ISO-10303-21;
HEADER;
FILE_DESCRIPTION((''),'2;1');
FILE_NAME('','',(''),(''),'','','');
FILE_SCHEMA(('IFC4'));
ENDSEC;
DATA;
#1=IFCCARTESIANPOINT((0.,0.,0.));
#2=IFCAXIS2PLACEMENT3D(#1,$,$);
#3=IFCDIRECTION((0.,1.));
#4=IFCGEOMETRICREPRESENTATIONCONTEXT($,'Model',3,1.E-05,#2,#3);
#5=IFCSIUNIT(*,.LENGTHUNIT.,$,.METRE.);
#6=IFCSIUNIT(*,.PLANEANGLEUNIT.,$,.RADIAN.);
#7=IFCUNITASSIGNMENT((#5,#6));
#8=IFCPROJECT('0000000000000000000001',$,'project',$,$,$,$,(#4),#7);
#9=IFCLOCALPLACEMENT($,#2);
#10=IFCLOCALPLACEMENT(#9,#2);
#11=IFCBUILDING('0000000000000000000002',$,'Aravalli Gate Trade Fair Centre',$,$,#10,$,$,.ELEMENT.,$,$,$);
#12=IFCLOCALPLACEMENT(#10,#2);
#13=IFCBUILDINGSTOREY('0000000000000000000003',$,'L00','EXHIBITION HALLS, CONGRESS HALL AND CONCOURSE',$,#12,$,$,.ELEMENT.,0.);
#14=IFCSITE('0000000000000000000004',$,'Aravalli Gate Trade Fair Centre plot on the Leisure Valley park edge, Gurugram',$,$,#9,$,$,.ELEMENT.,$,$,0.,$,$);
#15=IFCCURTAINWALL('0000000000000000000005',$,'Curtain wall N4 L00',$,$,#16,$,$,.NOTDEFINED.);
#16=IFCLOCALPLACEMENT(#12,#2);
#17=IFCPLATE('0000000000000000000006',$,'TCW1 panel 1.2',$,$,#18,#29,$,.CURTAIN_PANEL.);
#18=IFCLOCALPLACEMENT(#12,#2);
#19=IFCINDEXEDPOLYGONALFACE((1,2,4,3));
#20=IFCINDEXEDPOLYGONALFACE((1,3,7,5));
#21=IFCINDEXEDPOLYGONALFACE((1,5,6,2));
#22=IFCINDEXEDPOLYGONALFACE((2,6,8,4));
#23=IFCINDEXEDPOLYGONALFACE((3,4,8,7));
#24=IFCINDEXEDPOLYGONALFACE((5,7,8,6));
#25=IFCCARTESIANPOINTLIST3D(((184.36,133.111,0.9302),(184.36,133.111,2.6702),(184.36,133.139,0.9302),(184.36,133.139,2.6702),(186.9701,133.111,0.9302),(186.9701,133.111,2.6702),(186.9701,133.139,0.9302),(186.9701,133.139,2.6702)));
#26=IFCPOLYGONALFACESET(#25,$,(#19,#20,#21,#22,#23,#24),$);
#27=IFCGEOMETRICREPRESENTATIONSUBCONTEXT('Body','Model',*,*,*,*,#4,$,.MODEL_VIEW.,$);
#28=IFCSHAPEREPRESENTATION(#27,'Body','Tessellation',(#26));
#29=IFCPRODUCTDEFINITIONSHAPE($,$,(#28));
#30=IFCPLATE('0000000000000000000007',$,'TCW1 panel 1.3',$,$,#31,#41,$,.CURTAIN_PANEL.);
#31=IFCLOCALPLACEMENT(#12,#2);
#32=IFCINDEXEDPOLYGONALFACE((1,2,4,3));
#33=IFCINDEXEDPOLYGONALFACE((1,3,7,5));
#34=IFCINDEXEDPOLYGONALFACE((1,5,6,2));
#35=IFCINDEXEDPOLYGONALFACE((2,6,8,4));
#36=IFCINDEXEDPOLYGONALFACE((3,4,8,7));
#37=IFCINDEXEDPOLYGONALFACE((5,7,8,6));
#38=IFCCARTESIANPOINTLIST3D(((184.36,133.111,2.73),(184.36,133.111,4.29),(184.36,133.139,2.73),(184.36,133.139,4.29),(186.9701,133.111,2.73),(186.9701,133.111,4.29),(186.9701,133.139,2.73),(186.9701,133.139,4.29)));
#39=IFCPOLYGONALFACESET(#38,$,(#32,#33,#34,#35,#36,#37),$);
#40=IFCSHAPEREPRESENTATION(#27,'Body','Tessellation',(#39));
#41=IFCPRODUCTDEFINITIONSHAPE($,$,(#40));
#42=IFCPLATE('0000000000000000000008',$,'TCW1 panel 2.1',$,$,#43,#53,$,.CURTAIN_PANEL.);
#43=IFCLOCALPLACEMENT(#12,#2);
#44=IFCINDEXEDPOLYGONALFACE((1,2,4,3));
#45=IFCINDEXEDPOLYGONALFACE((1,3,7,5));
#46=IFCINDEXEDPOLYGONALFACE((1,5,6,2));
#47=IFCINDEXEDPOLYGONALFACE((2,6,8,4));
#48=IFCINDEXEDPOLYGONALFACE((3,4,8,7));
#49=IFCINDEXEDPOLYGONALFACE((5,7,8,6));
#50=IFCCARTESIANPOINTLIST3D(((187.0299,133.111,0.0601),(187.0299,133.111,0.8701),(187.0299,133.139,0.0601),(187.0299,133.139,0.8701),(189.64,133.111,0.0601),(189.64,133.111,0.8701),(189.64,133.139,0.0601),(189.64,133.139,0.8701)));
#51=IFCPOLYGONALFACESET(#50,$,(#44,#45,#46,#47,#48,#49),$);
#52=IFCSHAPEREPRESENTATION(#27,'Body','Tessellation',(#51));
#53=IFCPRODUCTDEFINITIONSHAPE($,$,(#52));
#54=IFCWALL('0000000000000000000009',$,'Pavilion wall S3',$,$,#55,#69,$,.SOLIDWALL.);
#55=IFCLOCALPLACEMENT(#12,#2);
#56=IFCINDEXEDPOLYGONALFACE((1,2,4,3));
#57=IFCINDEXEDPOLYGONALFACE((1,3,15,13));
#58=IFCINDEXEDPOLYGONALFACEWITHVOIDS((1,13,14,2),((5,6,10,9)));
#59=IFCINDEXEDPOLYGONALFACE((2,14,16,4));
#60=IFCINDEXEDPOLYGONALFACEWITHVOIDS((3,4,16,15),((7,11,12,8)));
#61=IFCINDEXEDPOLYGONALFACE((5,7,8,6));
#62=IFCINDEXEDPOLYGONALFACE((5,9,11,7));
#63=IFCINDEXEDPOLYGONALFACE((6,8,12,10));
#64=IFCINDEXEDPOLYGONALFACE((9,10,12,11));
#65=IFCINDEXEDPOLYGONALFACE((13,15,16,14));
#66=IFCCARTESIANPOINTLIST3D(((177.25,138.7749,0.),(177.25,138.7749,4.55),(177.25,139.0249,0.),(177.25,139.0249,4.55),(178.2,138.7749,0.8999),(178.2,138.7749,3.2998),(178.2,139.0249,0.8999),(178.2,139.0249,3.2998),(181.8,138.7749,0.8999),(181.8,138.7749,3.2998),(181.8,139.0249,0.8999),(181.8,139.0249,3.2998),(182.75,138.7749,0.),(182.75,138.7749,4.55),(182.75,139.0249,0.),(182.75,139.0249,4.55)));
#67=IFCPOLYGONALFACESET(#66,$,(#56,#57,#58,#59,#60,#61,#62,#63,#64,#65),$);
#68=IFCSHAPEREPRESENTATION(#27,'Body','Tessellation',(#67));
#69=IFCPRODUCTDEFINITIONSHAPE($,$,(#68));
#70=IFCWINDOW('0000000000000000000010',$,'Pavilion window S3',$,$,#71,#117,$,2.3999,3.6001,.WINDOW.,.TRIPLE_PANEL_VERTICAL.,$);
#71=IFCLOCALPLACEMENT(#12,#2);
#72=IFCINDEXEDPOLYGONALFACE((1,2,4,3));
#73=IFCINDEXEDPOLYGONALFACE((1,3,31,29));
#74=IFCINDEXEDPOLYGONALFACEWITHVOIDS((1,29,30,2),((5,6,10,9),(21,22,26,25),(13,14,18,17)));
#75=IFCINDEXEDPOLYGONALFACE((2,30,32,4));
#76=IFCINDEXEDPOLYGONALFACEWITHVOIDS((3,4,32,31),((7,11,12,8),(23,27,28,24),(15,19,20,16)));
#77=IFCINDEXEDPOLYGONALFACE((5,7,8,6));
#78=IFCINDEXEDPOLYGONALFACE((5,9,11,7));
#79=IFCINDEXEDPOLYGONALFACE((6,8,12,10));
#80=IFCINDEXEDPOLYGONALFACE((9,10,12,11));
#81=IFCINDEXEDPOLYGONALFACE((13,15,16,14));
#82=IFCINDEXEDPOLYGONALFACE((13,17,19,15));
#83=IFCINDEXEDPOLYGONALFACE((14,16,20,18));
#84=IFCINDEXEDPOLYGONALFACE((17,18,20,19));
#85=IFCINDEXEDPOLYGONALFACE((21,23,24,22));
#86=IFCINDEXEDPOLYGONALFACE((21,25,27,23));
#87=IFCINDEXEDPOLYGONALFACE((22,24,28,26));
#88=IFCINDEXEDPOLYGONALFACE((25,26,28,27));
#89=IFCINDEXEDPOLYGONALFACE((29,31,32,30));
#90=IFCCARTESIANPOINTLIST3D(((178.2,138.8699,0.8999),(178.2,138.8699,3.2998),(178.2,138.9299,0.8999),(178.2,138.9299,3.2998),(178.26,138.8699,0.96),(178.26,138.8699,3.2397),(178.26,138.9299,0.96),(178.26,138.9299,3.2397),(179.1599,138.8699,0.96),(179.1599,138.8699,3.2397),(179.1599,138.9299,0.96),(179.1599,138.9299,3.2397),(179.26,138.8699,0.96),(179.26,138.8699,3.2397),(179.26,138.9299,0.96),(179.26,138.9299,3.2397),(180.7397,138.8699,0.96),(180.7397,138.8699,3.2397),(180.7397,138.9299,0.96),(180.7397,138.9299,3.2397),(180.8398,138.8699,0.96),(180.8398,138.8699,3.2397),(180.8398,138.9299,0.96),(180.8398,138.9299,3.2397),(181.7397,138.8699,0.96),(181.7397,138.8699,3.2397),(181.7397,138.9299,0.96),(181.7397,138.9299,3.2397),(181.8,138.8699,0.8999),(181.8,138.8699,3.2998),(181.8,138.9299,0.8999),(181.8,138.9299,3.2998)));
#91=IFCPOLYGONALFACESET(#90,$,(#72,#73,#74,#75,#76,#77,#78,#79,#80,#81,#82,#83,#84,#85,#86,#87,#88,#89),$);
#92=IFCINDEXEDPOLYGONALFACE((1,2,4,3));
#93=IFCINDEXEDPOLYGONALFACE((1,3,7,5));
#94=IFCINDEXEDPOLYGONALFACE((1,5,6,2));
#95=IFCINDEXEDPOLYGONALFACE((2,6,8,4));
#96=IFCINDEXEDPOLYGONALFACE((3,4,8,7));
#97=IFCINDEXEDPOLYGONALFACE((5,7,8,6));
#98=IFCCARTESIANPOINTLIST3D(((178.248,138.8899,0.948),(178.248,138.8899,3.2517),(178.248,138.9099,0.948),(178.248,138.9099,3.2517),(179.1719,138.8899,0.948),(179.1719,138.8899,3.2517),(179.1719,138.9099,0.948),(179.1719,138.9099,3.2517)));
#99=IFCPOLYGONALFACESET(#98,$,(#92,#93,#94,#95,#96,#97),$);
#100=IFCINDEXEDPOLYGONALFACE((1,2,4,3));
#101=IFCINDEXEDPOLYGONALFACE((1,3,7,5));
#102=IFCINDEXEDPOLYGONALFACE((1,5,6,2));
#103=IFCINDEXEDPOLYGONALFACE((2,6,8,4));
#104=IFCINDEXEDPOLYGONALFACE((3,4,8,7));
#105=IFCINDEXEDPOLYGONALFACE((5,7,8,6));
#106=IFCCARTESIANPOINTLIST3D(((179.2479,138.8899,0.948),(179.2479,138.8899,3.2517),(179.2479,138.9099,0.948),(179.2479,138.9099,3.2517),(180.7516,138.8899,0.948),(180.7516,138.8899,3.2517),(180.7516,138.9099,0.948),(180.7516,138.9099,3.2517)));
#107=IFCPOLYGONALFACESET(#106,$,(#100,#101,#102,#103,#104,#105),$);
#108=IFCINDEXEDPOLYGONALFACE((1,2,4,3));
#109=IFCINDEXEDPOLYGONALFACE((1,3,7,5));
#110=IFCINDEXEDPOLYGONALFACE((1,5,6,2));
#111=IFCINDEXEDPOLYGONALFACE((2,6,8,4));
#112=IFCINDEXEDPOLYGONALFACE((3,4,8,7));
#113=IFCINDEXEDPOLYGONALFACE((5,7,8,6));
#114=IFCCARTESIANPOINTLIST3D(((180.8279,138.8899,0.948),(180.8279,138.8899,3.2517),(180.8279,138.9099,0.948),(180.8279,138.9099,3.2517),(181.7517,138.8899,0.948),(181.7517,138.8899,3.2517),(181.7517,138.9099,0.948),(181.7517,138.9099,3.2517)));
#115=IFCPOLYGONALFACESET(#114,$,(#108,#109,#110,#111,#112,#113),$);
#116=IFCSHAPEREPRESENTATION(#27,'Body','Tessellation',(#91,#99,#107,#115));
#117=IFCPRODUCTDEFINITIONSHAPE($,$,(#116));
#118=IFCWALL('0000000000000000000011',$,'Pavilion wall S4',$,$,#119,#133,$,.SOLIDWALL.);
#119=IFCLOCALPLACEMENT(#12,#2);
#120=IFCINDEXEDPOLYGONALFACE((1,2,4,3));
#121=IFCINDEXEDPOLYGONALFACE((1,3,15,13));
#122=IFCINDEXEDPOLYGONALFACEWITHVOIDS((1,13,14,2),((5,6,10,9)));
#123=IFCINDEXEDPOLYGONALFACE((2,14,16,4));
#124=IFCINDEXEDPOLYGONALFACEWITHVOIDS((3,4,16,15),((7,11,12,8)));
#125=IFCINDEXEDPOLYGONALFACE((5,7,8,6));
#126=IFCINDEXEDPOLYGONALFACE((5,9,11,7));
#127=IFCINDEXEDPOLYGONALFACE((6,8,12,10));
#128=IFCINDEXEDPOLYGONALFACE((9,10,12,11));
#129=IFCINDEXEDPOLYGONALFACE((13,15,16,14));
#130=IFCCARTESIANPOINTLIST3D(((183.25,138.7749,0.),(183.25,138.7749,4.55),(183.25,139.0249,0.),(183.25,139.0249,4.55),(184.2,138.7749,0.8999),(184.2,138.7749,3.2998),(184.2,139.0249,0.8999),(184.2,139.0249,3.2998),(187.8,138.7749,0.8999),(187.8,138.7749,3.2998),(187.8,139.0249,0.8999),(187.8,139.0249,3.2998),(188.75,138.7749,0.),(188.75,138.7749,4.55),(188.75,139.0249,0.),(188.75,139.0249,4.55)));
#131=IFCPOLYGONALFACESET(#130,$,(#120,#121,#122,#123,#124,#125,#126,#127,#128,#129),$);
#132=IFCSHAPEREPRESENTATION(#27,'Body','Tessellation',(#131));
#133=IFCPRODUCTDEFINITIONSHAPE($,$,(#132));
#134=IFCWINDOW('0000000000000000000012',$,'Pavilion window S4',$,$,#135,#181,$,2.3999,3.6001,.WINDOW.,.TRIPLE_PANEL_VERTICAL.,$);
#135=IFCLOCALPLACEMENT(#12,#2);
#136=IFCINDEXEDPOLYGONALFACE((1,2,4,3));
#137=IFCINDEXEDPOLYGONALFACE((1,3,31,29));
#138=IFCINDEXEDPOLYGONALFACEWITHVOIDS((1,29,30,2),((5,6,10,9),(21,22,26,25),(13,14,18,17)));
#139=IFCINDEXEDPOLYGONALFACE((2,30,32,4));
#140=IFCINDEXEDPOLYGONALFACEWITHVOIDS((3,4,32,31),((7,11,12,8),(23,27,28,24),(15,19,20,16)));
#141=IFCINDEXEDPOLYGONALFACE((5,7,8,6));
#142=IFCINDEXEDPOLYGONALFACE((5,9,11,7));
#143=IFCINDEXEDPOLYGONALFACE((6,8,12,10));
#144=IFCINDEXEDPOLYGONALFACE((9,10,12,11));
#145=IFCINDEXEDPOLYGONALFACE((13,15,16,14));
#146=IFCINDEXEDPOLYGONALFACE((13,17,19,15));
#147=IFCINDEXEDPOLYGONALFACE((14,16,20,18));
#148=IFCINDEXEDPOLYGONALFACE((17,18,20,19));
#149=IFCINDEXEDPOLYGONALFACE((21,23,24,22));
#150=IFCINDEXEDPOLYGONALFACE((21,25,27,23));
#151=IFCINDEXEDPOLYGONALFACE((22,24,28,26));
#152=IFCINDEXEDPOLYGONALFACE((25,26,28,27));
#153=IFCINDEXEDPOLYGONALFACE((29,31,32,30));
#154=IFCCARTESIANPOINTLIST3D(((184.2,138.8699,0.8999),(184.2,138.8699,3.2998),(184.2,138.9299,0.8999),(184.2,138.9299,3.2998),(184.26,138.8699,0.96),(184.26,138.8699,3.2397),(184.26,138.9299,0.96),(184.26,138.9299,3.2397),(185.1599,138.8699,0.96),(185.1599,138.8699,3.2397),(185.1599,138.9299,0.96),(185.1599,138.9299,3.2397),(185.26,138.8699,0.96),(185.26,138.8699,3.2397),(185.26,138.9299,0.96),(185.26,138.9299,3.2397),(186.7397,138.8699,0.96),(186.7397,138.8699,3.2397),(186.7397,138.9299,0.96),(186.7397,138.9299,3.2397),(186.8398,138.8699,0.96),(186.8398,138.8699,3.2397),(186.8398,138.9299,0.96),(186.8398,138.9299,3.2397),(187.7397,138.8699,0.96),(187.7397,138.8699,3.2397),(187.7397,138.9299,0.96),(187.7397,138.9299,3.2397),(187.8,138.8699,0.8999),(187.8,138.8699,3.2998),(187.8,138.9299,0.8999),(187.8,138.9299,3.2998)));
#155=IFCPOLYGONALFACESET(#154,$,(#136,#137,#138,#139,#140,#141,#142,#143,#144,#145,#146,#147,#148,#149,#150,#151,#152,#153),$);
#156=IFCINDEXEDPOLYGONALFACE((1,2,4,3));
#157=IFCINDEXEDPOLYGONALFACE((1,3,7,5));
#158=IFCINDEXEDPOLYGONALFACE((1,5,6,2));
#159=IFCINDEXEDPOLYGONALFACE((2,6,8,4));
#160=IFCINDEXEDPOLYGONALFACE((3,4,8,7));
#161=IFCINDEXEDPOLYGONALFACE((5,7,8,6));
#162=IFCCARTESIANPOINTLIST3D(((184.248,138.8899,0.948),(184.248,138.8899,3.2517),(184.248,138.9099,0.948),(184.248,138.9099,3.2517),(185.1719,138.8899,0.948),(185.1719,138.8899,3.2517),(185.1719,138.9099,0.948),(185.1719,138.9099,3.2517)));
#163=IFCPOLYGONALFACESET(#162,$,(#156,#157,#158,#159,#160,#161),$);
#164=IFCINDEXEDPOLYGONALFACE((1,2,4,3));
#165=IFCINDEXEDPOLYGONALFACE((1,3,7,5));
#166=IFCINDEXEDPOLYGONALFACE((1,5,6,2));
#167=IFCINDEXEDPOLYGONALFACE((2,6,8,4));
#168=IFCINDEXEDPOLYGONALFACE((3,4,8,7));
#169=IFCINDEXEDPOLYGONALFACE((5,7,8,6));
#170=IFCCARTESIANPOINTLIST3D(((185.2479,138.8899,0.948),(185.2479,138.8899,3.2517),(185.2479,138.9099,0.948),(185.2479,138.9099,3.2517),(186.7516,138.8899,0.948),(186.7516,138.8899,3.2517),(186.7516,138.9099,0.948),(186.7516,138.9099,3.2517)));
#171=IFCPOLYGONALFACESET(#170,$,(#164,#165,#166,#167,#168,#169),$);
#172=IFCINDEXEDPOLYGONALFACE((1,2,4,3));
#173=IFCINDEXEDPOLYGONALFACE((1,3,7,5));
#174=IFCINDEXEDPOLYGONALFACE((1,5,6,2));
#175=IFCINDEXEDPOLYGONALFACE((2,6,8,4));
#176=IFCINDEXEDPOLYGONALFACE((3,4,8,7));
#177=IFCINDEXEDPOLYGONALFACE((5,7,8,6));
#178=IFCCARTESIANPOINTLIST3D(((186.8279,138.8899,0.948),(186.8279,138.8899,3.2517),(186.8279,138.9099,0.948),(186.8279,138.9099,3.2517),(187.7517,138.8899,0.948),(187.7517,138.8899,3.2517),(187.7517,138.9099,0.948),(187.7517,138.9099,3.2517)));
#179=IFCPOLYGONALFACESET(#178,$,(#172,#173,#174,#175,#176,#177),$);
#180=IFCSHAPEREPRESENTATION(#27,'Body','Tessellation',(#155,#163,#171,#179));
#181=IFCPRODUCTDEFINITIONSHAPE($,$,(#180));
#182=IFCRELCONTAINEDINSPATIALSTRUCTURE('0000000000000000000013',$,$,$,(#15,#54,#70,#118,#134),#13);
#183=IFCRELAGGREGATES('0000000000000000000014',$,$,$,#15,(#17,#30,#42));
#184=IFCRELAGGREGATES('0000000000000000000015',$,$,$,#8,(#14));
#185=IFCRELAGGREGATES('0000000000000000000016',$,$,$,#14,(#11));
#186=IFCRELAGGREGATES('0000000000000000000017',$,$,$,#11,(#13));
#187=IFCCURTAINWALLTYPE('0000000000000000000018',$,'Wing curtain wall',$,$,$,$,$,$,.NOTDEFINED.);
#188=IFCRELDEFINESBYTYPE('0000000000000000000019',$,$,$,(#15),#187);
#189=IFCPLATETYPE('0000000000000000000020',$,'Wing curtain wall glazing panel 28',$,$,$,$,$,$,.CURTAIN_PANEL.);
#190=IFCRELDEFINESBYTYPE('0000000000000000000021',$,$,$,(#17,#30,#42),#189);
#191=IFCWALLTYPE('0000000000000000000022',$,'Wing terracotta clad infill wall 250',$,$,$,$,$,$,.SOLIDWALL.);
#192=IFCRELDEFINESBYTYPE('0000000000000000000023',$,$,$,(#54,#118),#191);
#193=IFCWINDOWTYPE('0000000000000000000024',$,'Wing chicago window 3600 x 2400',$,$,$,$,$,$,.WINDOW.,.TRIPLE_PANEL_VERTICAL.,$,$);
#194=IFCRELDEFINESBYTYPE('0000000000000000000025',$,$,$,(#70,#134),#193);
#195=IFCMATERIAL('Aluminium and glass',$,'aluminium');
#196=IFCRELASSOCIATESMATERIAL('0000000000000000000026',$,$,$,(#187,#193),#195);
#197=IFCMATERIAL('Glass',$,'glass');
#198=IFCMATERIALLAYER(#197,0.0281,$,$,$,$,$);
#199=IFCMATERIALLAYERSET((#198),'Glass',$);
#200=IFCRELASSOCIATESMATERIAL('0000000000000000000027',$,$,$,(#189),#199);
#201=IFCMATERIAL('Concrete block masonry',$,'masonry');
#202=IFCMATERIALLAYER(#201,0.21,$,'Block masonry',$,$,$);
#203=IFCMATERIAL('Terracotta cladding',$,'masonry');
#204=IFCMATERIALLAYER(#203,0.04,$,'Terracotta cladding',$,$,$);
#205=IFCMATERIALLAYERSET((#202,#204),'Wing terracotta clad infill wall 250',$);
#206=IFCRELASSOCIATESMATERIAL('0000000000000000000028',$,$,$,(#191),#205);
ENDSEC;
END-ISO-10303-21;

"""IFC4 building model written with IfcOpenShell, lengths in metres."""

from ifc_helpers import new_model, si_unit, direction, frame, frame_2d, origin, origin_2d, place, context, subcontext, project, spatial, polyline, rectangle, outline, extrude, material, layer, layer_set, type_object, element, fill, aggregate, save


model = new_model("IFC4")

# Units and contexts
model_context = context("Model", 3, precision=1e-05, world=origin(), true_north=direction((0.0, 1.0)))
body_context = subcontext(model_context, "Body", "Model", "MODEL_VIEW")
ifc_project = project(units=[si_unit("LENGTHUNIT", "METRE"), si_unit("PLANEANGLEUNIT", "RADIAN")], contexts=[model_context])

# Site, building, storey
site_placement = place(None, origin())
site = spatial("IfcSite", under=ifc_project, at=site_placement, Name="Aravalli Gate Trade Fair Centre plot on the Leisure Valley park edge, Gurugram", CompositionType="ELEMENT", RefElevation=0.0)
building_placement = place(site_placement, origin())
building = spatial("IfcBuilding", under=site, at=building_placement, Name="Aravalli Gate Trade Fair Centre", CompositionType="ELEMENT")
storey_placement = place(building_placement, origin())
storey = spatial("IfcBuildingStorey", under=building, at=storey_placement, Name="L00", Description="EXHIBITION HALLS, CONGRESS HALL AND CONCOURSE", CompositionType="ELEMENT", Elevation=0.0)

# Shared definitions
ifc_material_1 = material(Name="Aluminium and glass", Category="aluminium")
curtain_wall_type = type_object("IfcCurtainWallType", Name="Wing curtain wall", PredefinedType="NOTDEFINED", material=ifc_material_1)

# Curtain wall, plates
curtain_wall_1_placement = place(storey_placement, origin())
curtain_wall_1 = element("IfcCurtainWall", 1, at=curtain_wall_1_placement, inside=storey, type_object=curtain_wall_type, Name="Curtain wall N4 L00", PredefinedType="NOTDEFINED")
ifc_material_2 = material(Name="Glass", Category="glass")
ifc_layer_1 = layer(ifc_material_2, 0.0281)
ifc_layer_set_1 = layer_set([ifc_layer_1], Name="Glass")
plate_type = type_object("IfcPlateType", Name="Wing curtain wall glazing panel 28", PredefinedType="CURTAIN_PANEL", material=ifc_layer_set_1)
plate_1_placement = place(storey_placement, frame((185.665, 133.125, 0.9302), z_axis=(0.0, 0.0, 1.0), x_axis=(1.0, 0.0, 0.0)))
plate_1 = element("IfcPlate", 2, at=plate_1_placement, type_object=plate_type, Name="TCW1 panel 1.2", PredefinedType="CURTAIN_PANEL", context=body_context, shape_type="SweptSolid", body=[
    extrude(rectangle(XDim=2.6101, YDim=0.0281, at=origin_2d()), origin(), (0.0, 0.0, 1.0), 1.74),
])
plate_2_placement = place(storey_placement, frame((185.665, 133.125, 2.73), z_axis=(0.0, 0.0, 1.0), x_axis=(1.0, 0.0, 0.0)))
plate_2 = element("IfcPlate", 3, at=plate_2_placement, type_object=plate_type, Name="TCW1 panel 1.3", PredefinedType="CURTAIN_PANEL", context=body_context, shape_type="SweptSolid", body=[
    extrude(rectangle(XDim=2.6101, YDim=0.0281, at=origin_2d()), origin(), (0.0, 0.0, 1.0), 1.5601),
])
plate_3_placement = place(storey_placement, frame((188.335, 133.125, 0.0601), z_axis=(0.0, 0.0, 1.0), x_axis=(1.0, 0.0, 0.0)))
plate_3 = element("IfcPlate", 4, at=plate_3_placement, type_object=plate_type, Name="TCW1 panel 2.1", PredefinedType="CURTAIN_PANEL", context=body_context, shape_type="SweptSolid", body=[
    extrude(rectangle(XDim=2.6101, YDim=0.0281, at=origin_2d()), origin(), (0.0, 0.0, 1.0), 0.8101),
])
aggregate(curtain_wall_1, [plate_1, plate_2, plate_3])

# Walls, openings, windows
ifc_material_3 = material(Name="Concrete block masonry", Category="masonry")
ifc_layer_2 = layer(ifc_material_3, 0.21, Name="Block masonry")
ifc_material_4 = material(Name="Terracotta cladding", Category="masonry")
ifc_layer_3 = layer(ifc_material_4, 0.04, Name="Terracotta cladding")
ifc_layer_set_2 = layer_set([ifc_layer_2, ifc_layer_3], Name="Wing terracotta clad infill wall 250")
wall_type = type_object("IfcWallType", Name="Wing terracotta clad infill wall 250", PredefinedType="SOLIDWALL", material=ifc_layer_set_2)
wall_1_placement = place(storey_placement, frame((177.25, 138.8999, 0.0), z_axis=(0.0, 0.0, 1.0), x_axis=(1.0, 0.0, 0.0)))
wall_1 = element("IfcWall", 5, at=wall_1_placement, inside=storey, type_object=wall_type, Name="Pavilion wall S3", PredefinedType="SOLIDWALL", context=body_context, shape_type="SweptSolid", body=[
    extrude(rectangle(XDim=5.5, YDim=0.25, at=frame_2d((2.75, 0.0))), origin(), (0.0, 0.0, 1.0), 4.55),
])
opening_1_placement = place(wall_1_placement, frame((0.95, 0.0, 0.8999)))
opening_1 = element("IfcOpeningElement", 6, at=opening_1_placement, cuts=wall_1, PredefinedType="OPENING", context=body_context, shape_type="SweptSolid", body=[
    extrude(rectangle(XDim=3.6001, YDim=2.3999, at=frame_2d((1.8, 1.2))), frame((0.0, 0.135, 0.0), z_axis=(0.0, -1.0, 0.0), x_axis=(1.0, 0.0, 0.0)), (0.0, 0.0, 1.0), 0.27),
])
window_type = type_object("IfcWindowType", Name="Wing chicago window 3600 x 2400", PartitioningType="TRIPLE_PANEL_VERTICAL", PredefinedType="WINDOW", material=ifc_material_1)
window_1_placement = place(opening_1_placement, origin())
window_1 = element("IfcWindow", 7, at=window_1_placement, inside=storey, type_object=window_type, Name="Pavilion window S3", OverallHeight=2.3999, OverallWidth=3.6001, PartitioningType="TRIPLE_PANEL_VERTICAL", PredefinedType="WINDOW", context=body_context, shape_type="SweptSolid", body=[
    extrude(outline(polyline([(0.0, 0.0), (3.6001, 0.0), (3.6001, 2.3999), (0.0, 2.3999), (0.0, 0.0)]), holes=[polyline([(0.0601, 0.0601), (0.96, 0.0601), (0.96, 2.3398), (0.0601, 2.3398), (0.0601, 0.0601)]), polyline([(1.0601, 0.0601), (2.5398, 0.0601), (2.5398, 2.3398), (1.0601, 2.3398), (1.0601, 0.0601)]), polyline([(2.6399, 0.0601), (3.5398, 0.0601), (3.5398, 2.3398), (2.6399, 2.3398), (2.6399, 0.0601)])]), frame((0.0, 0.03, 0.0), z_axis=(0.0, -1.0, 0.0), x_axis=(1.0, 0.0, 0.0)), (0.0, 0.0, 1.0), 0.0601),
    extrude(rectangle(XDim=0.9238, YDim=2.3037, at=frame_2d((0.51, 1.2))), frame((0.0, 0.01, 0.0), z_axis=(0.0, -1.0, 0.0), x_axis=(1.0, 0.0, 0.0)), (0.0, 0.0, 1.0), 0.02),
    extrude(rectangle(XDim=1.5037, YDim=2.3037, at=frame_2d((1.7998, 1.2))), frame((0.0, 0.01, 0.0), z_axis=(0.0, -1.0, 0.0), x_axis=(1.0, 0.0, 0.0)), (0.0, 0.0, 1.0), 0.02),
    extrude(rectangle(XDim=0.9238, YDim=2.3037, at=frame_2d((3.0898, 1.2))), frame((0.0, 0.01, 0.0), z_axis=(0.0, -1.0, 0.0), x_axis=(1.0, 0.0, 0.0)), (0.0, 0.0, 1.0), 0.02),
])
fill(opening_1, window_1)
wall_2_placement = place(storey_placement, frame((183.25, 138.8999, 0.0), z_axis=(0.0, 0.0, 1.0), x_axis=(1.0, 0.0, 0.0)))
wall_2 = element("IfcWall", 8, at=wall_2_placement, inside=storey, type_object=wall_type, Name="Pavilion wall S4", PredefinedType="SOLIDWALL", context=body_context, shape_type="SweptSolid", body=[
    extrude(rectangle(XDim=5.5, YDim=0.25, at=frame_2d((2.75, 0.0))), origin(), (0.0, 0.0, 1.0), 4.55),
])
opening_2_placement = place(wall_2_placement, frame((0.95, 0.0, 0.8999)))
opening_2 = element("IfcOpeningElement", 9, at=opening_2_placement, cuts=wall_2, PredefinedType="OPENING", context=body_context, shape_type="SweptSolid", body=[
    extrude(rectangle(XDim=3.6001, YDim=2.3999, at=frame_2d((1.8, 1.2))), frame((0.0, 0.135, 0.0), z_axis=(0.0, -1.0, 0.0), x_axis=(1.0, 0.0, 0.0)), (0.0, 0.0, 1.0), 0.27),
])
window_2_placement = place(opening_2_placement, origin())
window_2 = element("IfcWindow", 10, at=window_2_placement, inside=storey, type_object=window_type, Name="Pavilion window S4", OverallHeight=2.3999, OverallWidth=3.6001, PartitioningType="TRIPLE_PANEL_VERTICAL", PredefinedType="WINDOW", context=body_context, shape_type="SweptSolid", body=[
    extrude(outline(polyline([(0.0, 0.0), (3.6001, 0.0), (3.6001, 2.3999), (0.0, 2.3999), (0.0, 0.0)]), holes=[polyline([(0.0601, 0.0601), (0.96, 0.0601), (0.96, 2.3398), (0.0601, 2.3398), (0.0601, 0.0601)]), polyline([(1.0601, 0.0601), (2.5398, 0.0601), (2.5398, 2.3398), (1.0601, 2.3398), (1.0601, 0.0601)]), polyline([(2.6399, 0.0601), (3.5398, 0.0601), (3.5398, 2.3398), (2.6399, 2.3398), (2.6399, 0.0601)])]), frame((0.0, 0.03, 0.0), z_axis=(0.0, -1.0, 0.0), x_axis=(1.0, 0.0, 0.0)), (0.0, 0.0, 1.0), 0.0601),
    extrude(rectangle(XDim=0.9238, YDim=2.3037, at=frame_2d((0.51, 1.2))), frame((0.0, 0.01, 0.0), z_axis=(0.0, -1.0, 0.0), x_axis=(1.0, 0.0, 0.0)), (0.0, 0.0, 1.0), 0.02),
    extrude(rectangle(XDim=1.5037, YDim=2.3037, at=frame_2d((1.7998, 1.2))), frame((0.0, 0.01, 0.0), z_axis=(0.0, -1.0, 0.0), x_axis=(1.0, 0.0, 0.0)), (0.0, 0.0, 1.0), 0.02),
    extrude(rectangle(XDim=0.9238, YDim=2.3037, at=frame_2d((3.0898, 1.2))), frame((0.0, 0.01, 0.0), z_axis=(0.0, -1.0, 0.0), x_axis=(1.0, 0.0, 0.0)), (0.0, 0.0, 1.0), 0.02),
])
fill(opening_2, window_2)

save(model, "model.ifc")
